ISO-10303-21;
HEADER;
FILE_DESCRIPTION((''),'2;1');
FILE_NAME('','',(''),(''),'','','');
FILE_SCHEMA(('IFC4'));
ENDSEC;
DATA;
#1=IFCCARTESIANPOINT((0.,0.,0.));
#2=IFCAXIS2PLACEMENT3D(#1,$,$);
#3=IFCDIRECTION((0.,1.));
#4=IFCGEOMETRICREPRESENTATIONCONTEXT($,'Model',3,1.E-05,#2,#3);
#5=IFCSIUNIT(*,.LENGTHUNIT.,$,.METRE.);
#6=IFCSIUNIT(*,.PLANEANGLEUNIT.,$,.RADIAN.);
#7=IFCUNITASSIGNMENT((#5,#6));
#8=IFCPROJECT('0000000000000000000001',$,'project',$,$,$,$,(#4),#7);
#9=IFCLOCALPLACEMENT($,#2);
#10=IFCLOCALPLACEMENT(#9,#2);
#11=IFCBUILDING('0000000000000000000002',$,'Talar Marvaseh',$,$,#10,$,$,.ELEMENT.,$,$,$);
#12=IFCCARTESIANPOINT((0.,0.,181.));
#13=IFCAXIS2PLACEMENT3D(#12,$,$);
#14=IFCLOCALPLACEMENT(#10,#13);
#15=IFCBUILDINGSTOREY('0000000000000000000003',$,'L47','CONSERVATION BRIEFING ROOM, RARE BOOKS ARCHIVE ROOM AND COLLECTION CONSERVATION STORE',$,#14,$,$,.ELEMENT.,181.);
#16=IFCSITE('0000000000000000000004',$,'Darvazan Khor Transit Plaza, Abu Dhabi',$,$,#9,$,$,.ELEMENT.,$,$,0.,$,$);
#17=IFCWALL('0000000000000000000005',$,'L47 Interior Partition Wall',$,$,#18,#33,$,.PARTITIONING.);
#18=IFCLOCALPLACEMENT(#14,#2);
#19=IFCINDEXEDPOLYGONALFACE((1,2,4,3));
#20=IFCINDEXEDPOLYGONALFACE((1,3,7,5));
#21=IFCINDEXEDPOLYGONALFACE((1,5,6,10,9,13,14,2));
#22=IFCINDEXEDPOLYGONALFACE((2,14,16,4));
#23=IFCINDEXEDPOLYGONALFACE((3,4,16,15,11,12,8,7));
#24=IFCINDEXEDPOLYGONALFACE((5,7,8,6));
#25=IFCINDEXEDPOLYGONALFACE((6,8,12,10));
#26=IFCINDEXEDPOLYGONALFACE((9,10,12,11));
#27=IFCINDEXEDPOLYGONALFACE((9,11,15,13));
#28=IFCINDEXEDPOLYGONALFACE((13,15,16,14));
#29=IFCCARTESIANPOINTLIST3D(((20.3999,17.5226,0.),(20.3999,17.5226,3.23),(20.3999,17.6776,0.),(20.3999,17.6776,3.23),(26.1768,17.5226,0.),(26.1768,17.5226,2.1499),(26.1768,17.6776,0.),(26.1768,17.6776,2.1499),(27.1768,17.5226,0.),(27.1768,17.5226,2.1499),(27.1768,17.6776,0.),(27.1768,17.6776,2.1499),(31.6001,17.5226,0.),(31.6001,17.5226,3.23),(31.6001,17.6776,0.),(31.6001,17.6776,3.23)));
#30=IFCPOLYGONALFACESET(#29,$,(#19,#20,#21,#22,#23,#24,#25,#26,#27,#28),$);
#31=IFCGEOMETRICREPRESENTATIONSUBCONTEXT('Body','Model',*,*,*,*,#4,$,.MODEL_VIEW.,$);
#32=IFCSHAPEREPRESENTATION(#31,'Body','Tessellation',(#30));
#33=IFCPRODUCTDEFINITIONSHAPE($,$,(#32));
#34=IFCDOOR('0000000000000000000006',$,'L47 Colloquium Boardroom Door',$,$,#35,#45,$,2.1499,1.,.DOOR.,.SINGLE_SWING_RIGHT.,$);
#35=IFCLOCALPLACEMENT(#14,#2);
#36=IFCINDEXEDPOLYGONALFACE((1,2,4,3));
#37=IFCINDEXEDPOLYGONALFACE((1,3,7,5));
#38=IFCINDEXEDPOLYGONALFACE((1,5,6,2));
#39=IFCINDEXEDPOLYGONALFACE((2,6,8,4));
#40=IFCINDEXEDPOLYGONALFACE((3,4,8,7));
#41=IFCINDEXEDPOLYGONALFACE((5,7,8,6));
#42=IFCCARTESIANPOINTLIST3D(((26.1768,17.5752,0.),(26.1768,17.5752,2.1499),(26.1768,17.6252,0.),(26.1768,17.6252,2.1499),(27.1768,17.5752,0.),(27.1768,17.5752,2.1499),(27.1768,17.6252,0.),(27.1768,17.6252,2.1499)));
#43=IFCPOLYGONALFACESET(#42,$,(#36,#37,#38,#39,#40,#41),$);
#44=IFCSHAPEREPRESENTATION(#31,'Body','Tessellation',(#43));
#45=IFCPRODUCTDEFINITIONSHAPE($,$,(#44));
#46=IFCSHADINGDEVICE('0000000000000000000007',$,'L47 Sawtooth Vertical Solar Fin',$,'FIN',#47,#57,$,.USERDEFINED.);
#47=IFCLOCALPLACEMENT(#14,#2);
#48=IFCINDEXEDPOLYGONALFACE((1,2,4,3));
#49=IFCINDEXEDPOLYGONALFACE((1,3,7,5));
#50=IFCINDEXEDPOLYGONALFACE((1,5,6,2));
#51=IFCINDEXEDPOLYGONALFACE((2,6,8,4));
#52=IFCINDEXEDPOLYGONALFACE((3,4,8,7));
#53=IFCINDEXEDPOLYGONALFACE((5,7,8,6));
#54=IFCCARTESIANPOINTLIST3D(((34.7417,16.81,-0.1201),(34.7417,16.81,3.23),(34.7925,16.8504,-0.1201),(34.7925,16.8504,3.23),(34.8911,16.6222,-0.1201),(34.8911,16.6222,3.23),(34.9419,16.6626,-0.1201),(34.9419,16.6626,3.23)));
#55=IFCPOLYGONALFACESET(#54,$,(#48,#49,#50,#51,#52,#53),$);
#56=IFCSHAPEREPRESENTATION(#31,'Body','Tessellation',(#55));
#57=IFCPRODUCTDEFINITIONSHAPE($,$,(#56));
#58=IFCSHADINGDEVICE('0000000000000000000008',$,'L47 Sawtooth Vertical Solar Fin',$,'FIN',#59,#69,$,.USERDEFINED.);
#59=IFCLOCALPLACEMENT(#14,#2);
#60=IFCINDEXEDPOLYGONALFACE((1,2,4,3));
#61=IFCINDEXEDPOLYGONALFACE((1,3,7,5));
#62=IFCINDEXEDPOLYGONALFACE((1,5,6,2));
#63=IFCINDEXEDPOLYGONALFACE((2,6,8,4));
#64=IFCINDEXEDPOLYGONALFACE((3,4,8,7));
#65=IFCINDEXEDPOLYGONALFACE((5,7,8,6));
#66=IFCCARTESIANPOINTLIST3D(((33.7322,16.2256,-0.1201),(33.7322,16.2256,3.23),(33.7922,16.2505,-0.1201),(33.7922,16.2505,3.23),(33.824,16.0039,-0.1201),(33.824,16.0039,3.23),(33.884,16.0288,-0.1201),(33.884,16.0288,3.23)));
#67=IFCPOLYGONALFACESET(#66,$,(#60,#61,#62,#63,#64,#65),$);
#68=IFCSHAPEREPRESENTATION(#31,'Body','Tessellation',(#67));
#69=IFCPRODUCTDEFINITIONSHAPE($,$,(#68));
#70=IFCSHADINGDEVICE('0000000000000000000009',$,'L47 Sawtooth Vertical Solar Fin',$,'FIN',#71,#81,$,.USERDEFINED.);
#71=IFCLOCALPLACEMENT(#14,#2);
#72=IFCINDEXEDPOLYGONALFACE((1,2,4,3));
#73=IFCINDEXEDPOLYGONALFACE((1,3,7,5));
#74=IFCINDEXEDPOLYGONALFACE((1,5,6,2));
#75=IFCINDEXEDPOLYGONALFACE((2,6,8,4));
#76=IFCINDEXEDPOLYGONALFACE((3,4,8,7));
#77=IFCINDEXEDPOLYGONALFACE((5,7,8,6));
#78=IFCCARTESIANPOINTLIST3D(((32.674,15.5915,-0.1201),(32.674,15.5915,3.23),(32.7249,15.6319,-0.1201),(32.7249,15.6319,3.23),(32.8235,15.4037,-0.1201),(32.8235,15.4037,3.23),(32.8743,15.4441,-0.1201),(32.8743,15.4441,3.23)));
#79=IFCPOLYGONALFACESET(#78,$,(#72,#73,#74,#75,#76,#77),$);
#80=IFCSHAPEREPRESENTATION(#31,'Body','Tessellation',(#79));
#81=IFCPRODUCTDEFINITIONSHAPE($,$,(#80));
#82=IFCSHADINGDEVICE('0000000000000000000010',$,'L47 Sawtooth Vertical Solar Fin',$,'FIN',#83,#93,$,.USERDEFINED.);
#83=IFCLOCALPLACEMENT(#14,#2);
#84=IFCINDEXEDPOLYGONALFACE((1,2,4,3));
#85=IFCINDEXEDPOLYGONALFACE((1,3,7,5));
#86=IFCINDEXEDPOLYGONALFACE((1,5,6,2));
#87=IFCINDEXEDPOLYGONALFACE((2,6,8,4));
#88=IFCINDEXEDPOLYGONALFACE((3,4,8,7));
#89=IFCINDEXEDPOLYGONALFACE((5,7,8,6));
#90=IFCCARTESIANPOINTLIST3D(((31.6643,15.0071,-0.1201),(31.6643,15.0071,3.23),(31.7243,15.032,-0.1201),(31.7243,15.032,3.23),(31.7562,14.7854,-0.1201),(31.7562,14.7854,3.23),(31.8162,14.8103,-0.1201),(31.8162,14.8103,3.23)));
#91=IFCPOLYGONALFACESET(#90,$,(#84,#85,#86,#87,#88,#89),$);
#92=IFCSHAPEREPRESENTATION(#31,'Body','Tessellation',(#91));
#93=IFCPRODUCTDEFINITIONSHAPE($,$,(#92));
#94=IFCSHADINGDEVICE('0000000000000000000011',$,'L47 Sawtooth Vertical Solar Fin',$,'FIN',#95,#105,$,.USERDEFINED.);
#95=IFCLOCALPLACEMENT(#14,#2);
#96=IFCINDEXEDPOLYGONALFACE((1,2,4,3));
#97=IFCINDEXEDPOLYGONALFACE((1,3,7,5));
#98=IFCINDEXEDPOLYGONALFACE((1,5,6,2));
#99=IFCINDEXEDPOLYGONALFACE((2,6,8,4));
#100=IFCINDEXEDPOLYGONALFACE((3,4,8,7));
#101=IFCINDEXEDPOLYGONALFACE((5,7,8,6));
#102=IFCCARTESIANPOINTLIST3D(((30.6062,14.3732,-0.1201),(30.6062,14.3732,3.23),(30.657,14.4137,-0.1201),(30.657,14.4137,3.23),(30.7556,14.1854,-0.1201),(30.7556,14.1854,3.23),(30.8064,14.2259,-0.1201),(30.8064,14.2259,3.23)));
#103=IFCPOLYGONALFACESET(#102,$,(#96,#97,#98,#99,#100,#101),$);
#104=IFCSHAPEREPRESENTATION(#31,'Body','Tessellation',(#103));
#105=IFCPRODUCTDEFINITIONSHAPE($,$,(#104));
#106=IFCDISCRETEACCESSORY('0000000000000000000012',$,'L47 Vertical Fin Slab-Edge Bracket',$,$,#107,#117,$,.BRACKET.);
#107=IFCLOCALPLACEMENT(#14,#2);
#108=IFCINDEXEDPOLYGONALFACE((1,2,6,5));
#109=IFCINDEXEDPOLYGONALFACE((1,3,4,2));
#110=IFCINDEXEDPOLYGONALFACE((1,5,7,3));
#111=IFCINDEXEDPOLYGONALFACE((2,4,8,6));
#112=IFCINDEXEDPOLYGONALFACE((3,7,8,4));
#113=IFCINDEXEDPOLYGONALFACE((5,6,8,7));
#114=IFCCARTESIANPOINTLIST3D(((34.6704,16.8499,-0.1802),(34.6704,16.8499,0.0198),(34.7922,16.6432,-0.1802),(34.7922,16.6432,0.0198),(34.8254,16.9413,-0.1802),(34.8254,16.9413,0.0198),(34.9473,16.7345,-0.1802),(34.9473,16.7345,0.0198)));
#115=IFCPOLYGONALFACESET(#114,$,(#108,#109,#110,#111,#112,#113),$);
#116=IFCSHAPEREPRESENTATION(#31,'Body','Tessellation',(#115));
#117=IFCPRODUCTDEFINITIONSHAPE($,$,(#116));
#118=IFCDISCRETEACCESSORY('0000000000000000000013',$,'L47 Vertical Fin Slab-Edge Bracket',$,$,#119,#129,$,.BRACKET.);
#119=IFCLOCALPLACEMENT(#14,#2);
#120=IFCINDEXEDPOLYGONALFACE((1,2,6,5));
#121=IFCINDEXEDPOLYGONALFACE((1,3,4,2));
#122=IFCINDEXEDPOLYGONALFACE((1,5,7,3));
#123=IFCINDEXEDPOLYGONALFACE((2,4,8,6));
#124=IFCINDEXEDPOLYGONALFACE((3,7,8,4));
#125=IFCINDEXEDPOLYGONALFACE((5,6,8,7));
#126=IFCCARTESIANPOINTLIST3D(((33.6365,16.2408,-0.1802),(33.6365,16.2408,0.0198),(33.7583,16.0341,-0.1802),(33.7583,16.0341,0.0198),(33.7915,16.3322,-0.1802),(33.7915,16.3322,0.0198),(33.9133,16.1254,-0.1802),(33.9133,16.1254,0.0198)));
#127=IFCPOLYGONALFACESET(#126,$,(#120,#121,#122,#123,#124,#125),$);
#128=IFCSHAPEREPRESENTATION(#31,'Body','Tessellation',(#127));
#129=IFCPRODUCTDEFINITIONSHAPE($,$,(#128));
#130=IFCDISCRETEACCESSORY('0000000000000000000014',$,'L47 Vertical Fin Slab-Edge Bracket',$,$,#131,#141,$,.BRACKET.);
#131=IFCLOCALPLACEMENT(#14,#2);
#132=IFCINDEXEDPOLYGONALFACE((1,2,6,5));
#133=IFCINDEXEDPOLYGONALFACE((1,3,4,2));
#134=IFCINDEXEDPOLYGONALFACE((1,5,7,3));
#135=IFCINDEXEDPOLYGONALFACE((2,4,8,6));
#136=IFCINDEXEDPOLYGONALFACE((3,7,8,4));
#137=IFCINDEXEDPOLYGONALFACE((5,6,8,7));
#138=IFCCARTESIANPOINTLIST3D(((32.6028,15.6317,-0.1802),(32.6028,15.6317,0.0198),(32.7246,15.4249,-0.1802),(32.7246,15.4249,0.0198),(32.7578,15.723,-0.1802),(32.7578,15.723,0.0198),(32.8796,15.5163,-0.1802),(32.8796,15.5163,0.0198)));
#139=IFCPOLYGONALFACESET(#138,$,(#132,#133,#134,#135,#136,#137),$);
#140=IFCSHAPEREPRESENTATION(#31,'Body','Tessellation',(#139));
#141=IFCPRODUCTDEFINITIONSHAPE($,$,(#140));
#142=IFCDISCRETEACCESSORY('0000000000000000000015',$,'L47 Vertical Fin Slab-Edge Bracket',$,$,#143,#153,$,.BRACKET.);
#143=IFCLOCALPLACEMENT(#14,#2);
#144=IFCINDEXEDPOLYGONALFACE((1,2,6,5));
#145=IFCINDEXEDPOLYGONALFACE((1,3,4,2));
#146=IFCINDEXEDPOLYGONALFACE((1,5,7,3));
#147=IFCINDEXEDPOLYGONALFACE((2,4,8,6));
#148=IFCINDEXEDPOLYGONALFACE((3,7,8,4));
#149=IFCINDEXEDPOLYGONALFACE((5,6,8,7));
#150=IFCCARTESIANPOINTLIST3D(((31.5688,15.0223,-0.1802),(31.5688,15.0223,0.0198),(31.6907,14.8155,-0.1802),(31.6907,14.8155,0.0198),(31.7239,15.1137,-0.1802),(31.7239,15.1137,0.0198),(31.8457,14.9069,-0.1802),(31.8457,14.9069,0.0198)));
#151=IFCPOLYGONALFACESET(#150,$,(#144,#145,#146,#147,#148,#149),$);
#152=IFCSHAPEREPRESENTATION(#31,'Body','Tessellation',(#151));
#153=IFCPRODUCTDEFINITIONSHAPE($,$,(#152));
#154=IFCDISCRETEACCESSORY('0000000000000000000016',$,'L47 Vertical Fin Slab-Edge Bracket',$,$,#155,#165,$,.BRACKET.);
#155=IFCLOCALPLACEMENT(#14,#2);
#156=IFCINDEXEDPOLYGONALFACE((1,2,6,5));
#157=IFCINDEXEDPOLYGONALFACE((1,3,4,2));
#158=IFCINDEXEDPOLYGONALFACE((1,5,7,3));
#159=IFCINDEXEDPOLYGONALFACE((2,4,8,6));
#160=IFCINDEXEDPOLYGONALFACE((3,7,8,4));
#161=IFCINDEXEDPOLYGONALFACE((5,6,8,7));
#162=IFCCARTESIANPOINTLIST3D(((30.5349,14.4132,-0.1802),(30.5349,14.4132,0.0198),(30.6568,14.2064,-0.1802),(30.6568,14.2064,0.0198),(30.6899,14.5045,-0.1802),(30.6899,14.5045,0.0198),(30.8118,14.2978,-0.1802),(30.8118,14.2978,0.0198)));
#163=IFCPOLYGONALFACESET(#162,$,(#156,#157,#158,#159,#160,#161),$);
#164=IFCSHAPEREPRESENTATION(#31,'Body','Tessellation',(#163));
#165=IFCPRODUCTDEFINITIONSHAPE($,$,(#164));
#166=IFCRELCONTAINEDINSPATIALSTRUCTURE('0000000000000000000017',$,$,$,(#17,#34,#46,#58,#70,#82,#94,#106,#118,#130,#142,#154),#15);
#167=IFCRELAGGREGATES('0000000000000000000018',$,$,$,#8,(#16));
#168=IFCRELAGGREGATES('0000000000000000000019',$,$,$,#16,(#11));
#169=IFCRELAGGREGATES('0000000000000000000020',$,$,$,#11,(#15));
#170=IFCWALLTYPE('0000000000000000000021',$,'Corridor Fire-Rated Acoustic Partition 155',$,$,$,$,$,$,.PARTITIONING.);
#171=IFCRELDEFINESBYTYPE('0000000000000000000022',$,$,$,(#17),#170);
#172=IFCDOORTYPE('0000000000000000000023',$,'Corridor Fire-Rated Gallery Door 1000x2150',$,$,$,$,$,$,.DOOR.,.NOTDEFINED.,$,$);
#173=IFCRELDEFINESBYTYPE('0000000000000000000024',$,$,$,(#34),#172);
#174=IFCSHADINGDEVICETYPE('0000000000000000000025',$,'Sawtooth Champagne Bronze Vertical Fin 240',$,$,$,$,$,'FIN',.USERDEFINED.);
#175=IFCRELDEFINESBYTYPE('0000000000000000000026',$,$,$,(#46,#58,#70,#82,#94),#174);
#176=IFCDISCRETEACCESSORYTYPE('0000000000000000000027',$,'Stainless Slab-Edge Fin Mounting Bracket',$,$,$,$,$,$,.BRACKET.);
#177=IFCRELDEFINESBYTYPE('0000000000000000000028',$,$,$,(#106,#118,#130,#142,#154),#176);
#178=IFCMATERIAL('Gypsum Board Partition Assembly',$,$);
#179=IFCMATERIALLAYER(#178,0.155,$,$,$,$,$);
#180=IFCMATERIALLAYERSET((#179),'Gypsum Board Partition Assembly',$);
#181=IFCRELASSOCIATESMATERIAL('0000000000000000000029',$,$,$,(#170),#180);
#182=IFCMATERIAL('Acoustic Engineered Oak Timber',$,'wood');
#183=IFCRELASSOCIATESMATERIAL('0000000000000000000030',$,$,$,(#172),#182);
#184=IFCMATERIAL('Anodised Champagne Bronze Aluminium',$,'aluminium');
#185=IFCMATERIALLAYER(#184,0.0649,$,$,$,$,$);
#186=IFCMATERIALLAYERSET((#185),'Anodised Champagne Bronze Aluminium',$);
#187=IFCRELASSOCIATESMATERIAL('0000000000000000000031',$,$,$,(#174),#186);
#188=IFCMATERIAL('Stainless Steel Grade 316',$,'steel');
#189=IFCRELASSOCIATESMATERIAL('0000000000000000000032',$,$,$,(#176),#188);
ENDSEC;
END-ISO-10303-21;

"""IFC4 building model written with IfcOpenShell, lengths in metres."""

from ifc_helpers import new_model, si_unit, direction, frame, frame_2d, origin, origin_2d, place, context, subcontext, project, spatial, rectangle, extrude, source, transform, mapped, material, layer, layer_set, type_object, type_shapes, element, fill, save


model = new_model("IFC4")

# Units and contexts
model_context = context("Model", 3, precision=1e-05, world=origin(), true_north=direction((0.0, 1.0)))
body_context = subcontext(model_context, "Body", "Model", "MODEL_VIEW")
ifc_project = project(units=[si_unit("LENGTHUNIT", "METRE"), si_unit("PLANEANGLEUNIT", "RADIAN")], contexts=[model_context])

# Site, building, storey
site_placement = place(None, origin())
site = spatial("IfcSite", under=ifc_project, at=site_placement, Name="Darvazan Khor Transit Plaza, Abu Dhabi", CompositionType="ELEMENT", RefElevation=0.0)
building_placement = place(site_placement, origin())
building = spatial("IfcBuilding", under=site, at=building_placement, Name="Talar Marvaseh", CompositionType="ELEMENT")
storey_placement = place(building_placement, frame((0.0, 0.0, 181.0)))
storey = spatial("IfcBuildingStorey", under=building, at=storey_placement, Name="L47", Description="CONSERVATION BRIEFING ROOM, RARE BOOKS ARCHIVE ROOM AND COLLECTION CONSERVATION STORE", CompositionType="ELEMENT", Elevation=181.0)

# Wall, opening, door
ifc_material_1 = material(Name="Gypsum Board Partition Assembly")
ifc_layer_1 = layer(ifc_material_1, 0.155)
ifc_layer_set_1 = layer_set([ifc_layer_1], Name="Gypsum Board Partition Assembly")
wall_type = type_object("IfcWallType", Name="Corridor Fire-Rated Acoustic Partition 155", PredefinedType="PARTITIONING", material=ifc_layer_set_1)
wall_placement = place(storey_placement, frame((31.6001, 17.6001, 0.0), z_axis=(0.0, 0.0, 1.0), x_axis=(-1.0, 0.0, 0.0)))
wall = element("IfcWall", 1, at=wall_placement, inside=storey, type_object=wall_type, Name="L47 Interior Partition Wall", PredefinedType="PARTITIONING", context=body_context, shape_type="SweptSolid", body=[
    extrude(rectangle(XDim=11.2002, YDim=0.155, at=frame_2d((5.6001, 0.0))), origin(), (0.0, 0.0, 1.0), 3.23),
])
opening_placement = place(wall_placement, frame((4.4233, 0.0, 0.0)))
opening = element("IfcOpeningElement", 2, at=opening_placement, cuts=wall, PredefinedType="OPENING", context=body_context, shape_type="SweptSolid", body=[
    extrude(rectangle(XDim=1.0, YDim=2.1499, at=frame_2d((0.5, 1.075))), frame((0.0, 0.0874, 0.0), z_axis=(0.0, -1.0, 0.0), x_axis=(1.0, 0.0, 0.0)), (0.0, 0.0, 1.0), 0.175),
])
ifc_material_2 = material(Name="Acoustic Engineered Oak Timber", Category="wood")
door_type = type_object("IfcDoorType", Name="Corridor Fire-Rated Gallery Door 1000x2150", OperationType="NOTDEFINED", PredefinedType="DOOR", material=ifc_material_2)
shared_shape_1 = source(origin(), body_context, "Body", "SweptSolid", [
    extrude(rectangle(XDim=1.0, YDim=2.1499, at=frame_2d((0.5, 1.075))), frame((0.0, 0.0249, 0.0), z_axis=(0.0, -1.0, 0.0), x_axis=(1.0, 0.0, 0.0)), (0.0, 0.0, 1.0), 0.05),
])
type_shapes(door_type, [shared_shape_1])
door_placement = place(opening_placement, origin())
door = element("IfcDoor", 3, at=door_placement, inside=storey, type_object=door_type, Name="L47 Colloquium Boardroom Door", OperationType="SINGLE_SWING_RIGHT", OverallHeight=2.1499, OverallWidth=1.0, PredefinedType="DOOR", context=body_context, shape_type="MappedRepresentation", body=[
    mapped(shared_shape_1, transform((0.0, 0.0, 0.0), x_axis=(1.0, 0.0, 0.0), y_axis=(0.0, 1.0, 0.0), z_axis=(0.0, 0.0, 1.0), scale=1.0)),
])
fill(opening, door)

# Shading devices
ifc_material_3 = material(Name="Anodised Champagne Bronze Aluminium", Category="aluminium")
ifc_layer_2 = layer(ifc_material_3, 0.0649)
ifc_layer_set_2 = layer_set([ifc_layer_2], Name="Anodised Champagne Bronze Aluminium")
shading_device_type = type_object("IfcShadingDeviceType", Name="Sawtooth Champagne Bronze Vertical Fin 240", ElementType="FIN", PredefinedType="USERDEFINED", material=ifc_layer_set_2)
shared_shape_2 = source(origin(), body_context, "Body", "SweptSolid", [
    extrude(rectangle(XDim=0.24, YDim=0.0649, at=origin_2d()), origin(), (0.0, 0.0, 1.0), 3.3501),
])
type_shapes(shading_device_type, [shared_shape_2])
for number, where, z_axis, x_axis, name in (
    (4, (34.8418, 16.7363, -0.1201), (0.0, 0.0, 1.0), (0.622651, -0.782499, 0.0), "L47 Sawtooth Vertical Solar Fin"),
    (5, (33.8081, 16.1272, -0.1201), (0.0, 0.0, 1.0), (0.382845, -0.923813, 0.0), "L47 Sawtooth Vertical Solar Fin"),
    (6, (32.7742, 15.5178, -0.1201), (0.0, 0.0, 1.0), (0.622651, -0.782499, 0.0), "L47 Sawtooth Vertical Solar Fin"),
    (7, (31.7402, 14.9087, -0.1201), (0.0, 0.0, 1.0), (0.382845, -0.923813, 0.0), "L47 Sawtooth Vertical Solar Fin"),
    (8, (30.7063, 14.2996, -0.1201), (0.0, 0.0, 1.0), (0.622651, -0.782499, 0.0), "L47 Sawtooth Vertical Solar Fin"),
):
    element("IfcShadingDevice", number, at=place(storey_placement, frame(where, z_axis=z_axis, x_axis=x_axis)), inside=storey, type_object=shading_device_type, Name=name, ObjectType="FIN", PredefinedType="USERDEFINED", context=body_context, shape_type="MappedRepresentation", body=[
        mapped(shared_shape_2, transform((0.0, 0.0, 0.0), x_axis=(1.0, 0.0, 0.0), y_axis=(0.0, 1.0, 0.0), z_axis=(0.0, 0.0, 1.0), scale=1.0)),
    ])

# Discrete accessories
ifc_material_4 = material(Name="Stainless Steel Grade 316", Category="steel")
discrete_accessory_type = type_object("IfcDiscreteAccessoryType", Name="Stainless Slab-Edge Fin Mounting Bracket", PredefinedType="BRACKET", material=ifc_material_4)
shared_shape_3 = source(origin(), body_context, "Body", "SweptSolid", [
    extrude(rectangle(XDim=0.24, YDim=0.1799, at=origin_2d()), origin(), (0.0, 0.0, 1.0), 0.2),
])
type_shapes(discrete_accessory_type, [shared_shape_3])
for number, where, z_axis, x_axis, name in (
    (9, (34.8088, 16.7922, -0.1802), (0.0, 0.0, 1.0), (0.507689, -0.861541, 0.0), "L47 Vertical Fin Slab-Edge Bracket"),
    (10, (33.7749, 16.1831, -0.1802), (0.0, 0.0, 1.0), (0.507689, -0.861541, 0.0), "L47 Vertical Fin Slab-Edge Bracket"),
    (11, (32.7412, 15.574, -0.1802), (0.0, 0.0, 1.0), (0.507689, -0.861541, 0.0), "L47 Vertical Fin Slab-Edge Bracket"),
    (12, (31.7073, 14.9646, -0.1802), (0.0, 0.0, 1.0), (0.507689, -0.861541, 0.0), "L47 Vertical Fin Slab-Edge Bracket"),
    (13, (30.6733, 14.3555, -0.1802), (0.0, 0.0, 1.0), (0.507689, -0.861541, 0.0), "L47 Vertical Fin Slab-Edge Bracket"),
):
    element("IfcDiscreteAccessory", number, at=place(storey_placement, frame(where, z_axis=z_axis, x_axis=x_axis)), inside=storey, type_object=discrete_accessory_type, Name=name, PredefinedType="BRACKET", context=body_context, shape_type="MappedRepresentation", body=[
        mapped(shared_shape_3, transform((0.0, 0.0, 0.0), x_axis=(1.0, 0.0, 0.0), y_axis=(0.0, 1.0, 0.0), z_axis=(0.0, 0.0, 1.0), scale=1.0)),
    ])

save(model, "model.ifc")
